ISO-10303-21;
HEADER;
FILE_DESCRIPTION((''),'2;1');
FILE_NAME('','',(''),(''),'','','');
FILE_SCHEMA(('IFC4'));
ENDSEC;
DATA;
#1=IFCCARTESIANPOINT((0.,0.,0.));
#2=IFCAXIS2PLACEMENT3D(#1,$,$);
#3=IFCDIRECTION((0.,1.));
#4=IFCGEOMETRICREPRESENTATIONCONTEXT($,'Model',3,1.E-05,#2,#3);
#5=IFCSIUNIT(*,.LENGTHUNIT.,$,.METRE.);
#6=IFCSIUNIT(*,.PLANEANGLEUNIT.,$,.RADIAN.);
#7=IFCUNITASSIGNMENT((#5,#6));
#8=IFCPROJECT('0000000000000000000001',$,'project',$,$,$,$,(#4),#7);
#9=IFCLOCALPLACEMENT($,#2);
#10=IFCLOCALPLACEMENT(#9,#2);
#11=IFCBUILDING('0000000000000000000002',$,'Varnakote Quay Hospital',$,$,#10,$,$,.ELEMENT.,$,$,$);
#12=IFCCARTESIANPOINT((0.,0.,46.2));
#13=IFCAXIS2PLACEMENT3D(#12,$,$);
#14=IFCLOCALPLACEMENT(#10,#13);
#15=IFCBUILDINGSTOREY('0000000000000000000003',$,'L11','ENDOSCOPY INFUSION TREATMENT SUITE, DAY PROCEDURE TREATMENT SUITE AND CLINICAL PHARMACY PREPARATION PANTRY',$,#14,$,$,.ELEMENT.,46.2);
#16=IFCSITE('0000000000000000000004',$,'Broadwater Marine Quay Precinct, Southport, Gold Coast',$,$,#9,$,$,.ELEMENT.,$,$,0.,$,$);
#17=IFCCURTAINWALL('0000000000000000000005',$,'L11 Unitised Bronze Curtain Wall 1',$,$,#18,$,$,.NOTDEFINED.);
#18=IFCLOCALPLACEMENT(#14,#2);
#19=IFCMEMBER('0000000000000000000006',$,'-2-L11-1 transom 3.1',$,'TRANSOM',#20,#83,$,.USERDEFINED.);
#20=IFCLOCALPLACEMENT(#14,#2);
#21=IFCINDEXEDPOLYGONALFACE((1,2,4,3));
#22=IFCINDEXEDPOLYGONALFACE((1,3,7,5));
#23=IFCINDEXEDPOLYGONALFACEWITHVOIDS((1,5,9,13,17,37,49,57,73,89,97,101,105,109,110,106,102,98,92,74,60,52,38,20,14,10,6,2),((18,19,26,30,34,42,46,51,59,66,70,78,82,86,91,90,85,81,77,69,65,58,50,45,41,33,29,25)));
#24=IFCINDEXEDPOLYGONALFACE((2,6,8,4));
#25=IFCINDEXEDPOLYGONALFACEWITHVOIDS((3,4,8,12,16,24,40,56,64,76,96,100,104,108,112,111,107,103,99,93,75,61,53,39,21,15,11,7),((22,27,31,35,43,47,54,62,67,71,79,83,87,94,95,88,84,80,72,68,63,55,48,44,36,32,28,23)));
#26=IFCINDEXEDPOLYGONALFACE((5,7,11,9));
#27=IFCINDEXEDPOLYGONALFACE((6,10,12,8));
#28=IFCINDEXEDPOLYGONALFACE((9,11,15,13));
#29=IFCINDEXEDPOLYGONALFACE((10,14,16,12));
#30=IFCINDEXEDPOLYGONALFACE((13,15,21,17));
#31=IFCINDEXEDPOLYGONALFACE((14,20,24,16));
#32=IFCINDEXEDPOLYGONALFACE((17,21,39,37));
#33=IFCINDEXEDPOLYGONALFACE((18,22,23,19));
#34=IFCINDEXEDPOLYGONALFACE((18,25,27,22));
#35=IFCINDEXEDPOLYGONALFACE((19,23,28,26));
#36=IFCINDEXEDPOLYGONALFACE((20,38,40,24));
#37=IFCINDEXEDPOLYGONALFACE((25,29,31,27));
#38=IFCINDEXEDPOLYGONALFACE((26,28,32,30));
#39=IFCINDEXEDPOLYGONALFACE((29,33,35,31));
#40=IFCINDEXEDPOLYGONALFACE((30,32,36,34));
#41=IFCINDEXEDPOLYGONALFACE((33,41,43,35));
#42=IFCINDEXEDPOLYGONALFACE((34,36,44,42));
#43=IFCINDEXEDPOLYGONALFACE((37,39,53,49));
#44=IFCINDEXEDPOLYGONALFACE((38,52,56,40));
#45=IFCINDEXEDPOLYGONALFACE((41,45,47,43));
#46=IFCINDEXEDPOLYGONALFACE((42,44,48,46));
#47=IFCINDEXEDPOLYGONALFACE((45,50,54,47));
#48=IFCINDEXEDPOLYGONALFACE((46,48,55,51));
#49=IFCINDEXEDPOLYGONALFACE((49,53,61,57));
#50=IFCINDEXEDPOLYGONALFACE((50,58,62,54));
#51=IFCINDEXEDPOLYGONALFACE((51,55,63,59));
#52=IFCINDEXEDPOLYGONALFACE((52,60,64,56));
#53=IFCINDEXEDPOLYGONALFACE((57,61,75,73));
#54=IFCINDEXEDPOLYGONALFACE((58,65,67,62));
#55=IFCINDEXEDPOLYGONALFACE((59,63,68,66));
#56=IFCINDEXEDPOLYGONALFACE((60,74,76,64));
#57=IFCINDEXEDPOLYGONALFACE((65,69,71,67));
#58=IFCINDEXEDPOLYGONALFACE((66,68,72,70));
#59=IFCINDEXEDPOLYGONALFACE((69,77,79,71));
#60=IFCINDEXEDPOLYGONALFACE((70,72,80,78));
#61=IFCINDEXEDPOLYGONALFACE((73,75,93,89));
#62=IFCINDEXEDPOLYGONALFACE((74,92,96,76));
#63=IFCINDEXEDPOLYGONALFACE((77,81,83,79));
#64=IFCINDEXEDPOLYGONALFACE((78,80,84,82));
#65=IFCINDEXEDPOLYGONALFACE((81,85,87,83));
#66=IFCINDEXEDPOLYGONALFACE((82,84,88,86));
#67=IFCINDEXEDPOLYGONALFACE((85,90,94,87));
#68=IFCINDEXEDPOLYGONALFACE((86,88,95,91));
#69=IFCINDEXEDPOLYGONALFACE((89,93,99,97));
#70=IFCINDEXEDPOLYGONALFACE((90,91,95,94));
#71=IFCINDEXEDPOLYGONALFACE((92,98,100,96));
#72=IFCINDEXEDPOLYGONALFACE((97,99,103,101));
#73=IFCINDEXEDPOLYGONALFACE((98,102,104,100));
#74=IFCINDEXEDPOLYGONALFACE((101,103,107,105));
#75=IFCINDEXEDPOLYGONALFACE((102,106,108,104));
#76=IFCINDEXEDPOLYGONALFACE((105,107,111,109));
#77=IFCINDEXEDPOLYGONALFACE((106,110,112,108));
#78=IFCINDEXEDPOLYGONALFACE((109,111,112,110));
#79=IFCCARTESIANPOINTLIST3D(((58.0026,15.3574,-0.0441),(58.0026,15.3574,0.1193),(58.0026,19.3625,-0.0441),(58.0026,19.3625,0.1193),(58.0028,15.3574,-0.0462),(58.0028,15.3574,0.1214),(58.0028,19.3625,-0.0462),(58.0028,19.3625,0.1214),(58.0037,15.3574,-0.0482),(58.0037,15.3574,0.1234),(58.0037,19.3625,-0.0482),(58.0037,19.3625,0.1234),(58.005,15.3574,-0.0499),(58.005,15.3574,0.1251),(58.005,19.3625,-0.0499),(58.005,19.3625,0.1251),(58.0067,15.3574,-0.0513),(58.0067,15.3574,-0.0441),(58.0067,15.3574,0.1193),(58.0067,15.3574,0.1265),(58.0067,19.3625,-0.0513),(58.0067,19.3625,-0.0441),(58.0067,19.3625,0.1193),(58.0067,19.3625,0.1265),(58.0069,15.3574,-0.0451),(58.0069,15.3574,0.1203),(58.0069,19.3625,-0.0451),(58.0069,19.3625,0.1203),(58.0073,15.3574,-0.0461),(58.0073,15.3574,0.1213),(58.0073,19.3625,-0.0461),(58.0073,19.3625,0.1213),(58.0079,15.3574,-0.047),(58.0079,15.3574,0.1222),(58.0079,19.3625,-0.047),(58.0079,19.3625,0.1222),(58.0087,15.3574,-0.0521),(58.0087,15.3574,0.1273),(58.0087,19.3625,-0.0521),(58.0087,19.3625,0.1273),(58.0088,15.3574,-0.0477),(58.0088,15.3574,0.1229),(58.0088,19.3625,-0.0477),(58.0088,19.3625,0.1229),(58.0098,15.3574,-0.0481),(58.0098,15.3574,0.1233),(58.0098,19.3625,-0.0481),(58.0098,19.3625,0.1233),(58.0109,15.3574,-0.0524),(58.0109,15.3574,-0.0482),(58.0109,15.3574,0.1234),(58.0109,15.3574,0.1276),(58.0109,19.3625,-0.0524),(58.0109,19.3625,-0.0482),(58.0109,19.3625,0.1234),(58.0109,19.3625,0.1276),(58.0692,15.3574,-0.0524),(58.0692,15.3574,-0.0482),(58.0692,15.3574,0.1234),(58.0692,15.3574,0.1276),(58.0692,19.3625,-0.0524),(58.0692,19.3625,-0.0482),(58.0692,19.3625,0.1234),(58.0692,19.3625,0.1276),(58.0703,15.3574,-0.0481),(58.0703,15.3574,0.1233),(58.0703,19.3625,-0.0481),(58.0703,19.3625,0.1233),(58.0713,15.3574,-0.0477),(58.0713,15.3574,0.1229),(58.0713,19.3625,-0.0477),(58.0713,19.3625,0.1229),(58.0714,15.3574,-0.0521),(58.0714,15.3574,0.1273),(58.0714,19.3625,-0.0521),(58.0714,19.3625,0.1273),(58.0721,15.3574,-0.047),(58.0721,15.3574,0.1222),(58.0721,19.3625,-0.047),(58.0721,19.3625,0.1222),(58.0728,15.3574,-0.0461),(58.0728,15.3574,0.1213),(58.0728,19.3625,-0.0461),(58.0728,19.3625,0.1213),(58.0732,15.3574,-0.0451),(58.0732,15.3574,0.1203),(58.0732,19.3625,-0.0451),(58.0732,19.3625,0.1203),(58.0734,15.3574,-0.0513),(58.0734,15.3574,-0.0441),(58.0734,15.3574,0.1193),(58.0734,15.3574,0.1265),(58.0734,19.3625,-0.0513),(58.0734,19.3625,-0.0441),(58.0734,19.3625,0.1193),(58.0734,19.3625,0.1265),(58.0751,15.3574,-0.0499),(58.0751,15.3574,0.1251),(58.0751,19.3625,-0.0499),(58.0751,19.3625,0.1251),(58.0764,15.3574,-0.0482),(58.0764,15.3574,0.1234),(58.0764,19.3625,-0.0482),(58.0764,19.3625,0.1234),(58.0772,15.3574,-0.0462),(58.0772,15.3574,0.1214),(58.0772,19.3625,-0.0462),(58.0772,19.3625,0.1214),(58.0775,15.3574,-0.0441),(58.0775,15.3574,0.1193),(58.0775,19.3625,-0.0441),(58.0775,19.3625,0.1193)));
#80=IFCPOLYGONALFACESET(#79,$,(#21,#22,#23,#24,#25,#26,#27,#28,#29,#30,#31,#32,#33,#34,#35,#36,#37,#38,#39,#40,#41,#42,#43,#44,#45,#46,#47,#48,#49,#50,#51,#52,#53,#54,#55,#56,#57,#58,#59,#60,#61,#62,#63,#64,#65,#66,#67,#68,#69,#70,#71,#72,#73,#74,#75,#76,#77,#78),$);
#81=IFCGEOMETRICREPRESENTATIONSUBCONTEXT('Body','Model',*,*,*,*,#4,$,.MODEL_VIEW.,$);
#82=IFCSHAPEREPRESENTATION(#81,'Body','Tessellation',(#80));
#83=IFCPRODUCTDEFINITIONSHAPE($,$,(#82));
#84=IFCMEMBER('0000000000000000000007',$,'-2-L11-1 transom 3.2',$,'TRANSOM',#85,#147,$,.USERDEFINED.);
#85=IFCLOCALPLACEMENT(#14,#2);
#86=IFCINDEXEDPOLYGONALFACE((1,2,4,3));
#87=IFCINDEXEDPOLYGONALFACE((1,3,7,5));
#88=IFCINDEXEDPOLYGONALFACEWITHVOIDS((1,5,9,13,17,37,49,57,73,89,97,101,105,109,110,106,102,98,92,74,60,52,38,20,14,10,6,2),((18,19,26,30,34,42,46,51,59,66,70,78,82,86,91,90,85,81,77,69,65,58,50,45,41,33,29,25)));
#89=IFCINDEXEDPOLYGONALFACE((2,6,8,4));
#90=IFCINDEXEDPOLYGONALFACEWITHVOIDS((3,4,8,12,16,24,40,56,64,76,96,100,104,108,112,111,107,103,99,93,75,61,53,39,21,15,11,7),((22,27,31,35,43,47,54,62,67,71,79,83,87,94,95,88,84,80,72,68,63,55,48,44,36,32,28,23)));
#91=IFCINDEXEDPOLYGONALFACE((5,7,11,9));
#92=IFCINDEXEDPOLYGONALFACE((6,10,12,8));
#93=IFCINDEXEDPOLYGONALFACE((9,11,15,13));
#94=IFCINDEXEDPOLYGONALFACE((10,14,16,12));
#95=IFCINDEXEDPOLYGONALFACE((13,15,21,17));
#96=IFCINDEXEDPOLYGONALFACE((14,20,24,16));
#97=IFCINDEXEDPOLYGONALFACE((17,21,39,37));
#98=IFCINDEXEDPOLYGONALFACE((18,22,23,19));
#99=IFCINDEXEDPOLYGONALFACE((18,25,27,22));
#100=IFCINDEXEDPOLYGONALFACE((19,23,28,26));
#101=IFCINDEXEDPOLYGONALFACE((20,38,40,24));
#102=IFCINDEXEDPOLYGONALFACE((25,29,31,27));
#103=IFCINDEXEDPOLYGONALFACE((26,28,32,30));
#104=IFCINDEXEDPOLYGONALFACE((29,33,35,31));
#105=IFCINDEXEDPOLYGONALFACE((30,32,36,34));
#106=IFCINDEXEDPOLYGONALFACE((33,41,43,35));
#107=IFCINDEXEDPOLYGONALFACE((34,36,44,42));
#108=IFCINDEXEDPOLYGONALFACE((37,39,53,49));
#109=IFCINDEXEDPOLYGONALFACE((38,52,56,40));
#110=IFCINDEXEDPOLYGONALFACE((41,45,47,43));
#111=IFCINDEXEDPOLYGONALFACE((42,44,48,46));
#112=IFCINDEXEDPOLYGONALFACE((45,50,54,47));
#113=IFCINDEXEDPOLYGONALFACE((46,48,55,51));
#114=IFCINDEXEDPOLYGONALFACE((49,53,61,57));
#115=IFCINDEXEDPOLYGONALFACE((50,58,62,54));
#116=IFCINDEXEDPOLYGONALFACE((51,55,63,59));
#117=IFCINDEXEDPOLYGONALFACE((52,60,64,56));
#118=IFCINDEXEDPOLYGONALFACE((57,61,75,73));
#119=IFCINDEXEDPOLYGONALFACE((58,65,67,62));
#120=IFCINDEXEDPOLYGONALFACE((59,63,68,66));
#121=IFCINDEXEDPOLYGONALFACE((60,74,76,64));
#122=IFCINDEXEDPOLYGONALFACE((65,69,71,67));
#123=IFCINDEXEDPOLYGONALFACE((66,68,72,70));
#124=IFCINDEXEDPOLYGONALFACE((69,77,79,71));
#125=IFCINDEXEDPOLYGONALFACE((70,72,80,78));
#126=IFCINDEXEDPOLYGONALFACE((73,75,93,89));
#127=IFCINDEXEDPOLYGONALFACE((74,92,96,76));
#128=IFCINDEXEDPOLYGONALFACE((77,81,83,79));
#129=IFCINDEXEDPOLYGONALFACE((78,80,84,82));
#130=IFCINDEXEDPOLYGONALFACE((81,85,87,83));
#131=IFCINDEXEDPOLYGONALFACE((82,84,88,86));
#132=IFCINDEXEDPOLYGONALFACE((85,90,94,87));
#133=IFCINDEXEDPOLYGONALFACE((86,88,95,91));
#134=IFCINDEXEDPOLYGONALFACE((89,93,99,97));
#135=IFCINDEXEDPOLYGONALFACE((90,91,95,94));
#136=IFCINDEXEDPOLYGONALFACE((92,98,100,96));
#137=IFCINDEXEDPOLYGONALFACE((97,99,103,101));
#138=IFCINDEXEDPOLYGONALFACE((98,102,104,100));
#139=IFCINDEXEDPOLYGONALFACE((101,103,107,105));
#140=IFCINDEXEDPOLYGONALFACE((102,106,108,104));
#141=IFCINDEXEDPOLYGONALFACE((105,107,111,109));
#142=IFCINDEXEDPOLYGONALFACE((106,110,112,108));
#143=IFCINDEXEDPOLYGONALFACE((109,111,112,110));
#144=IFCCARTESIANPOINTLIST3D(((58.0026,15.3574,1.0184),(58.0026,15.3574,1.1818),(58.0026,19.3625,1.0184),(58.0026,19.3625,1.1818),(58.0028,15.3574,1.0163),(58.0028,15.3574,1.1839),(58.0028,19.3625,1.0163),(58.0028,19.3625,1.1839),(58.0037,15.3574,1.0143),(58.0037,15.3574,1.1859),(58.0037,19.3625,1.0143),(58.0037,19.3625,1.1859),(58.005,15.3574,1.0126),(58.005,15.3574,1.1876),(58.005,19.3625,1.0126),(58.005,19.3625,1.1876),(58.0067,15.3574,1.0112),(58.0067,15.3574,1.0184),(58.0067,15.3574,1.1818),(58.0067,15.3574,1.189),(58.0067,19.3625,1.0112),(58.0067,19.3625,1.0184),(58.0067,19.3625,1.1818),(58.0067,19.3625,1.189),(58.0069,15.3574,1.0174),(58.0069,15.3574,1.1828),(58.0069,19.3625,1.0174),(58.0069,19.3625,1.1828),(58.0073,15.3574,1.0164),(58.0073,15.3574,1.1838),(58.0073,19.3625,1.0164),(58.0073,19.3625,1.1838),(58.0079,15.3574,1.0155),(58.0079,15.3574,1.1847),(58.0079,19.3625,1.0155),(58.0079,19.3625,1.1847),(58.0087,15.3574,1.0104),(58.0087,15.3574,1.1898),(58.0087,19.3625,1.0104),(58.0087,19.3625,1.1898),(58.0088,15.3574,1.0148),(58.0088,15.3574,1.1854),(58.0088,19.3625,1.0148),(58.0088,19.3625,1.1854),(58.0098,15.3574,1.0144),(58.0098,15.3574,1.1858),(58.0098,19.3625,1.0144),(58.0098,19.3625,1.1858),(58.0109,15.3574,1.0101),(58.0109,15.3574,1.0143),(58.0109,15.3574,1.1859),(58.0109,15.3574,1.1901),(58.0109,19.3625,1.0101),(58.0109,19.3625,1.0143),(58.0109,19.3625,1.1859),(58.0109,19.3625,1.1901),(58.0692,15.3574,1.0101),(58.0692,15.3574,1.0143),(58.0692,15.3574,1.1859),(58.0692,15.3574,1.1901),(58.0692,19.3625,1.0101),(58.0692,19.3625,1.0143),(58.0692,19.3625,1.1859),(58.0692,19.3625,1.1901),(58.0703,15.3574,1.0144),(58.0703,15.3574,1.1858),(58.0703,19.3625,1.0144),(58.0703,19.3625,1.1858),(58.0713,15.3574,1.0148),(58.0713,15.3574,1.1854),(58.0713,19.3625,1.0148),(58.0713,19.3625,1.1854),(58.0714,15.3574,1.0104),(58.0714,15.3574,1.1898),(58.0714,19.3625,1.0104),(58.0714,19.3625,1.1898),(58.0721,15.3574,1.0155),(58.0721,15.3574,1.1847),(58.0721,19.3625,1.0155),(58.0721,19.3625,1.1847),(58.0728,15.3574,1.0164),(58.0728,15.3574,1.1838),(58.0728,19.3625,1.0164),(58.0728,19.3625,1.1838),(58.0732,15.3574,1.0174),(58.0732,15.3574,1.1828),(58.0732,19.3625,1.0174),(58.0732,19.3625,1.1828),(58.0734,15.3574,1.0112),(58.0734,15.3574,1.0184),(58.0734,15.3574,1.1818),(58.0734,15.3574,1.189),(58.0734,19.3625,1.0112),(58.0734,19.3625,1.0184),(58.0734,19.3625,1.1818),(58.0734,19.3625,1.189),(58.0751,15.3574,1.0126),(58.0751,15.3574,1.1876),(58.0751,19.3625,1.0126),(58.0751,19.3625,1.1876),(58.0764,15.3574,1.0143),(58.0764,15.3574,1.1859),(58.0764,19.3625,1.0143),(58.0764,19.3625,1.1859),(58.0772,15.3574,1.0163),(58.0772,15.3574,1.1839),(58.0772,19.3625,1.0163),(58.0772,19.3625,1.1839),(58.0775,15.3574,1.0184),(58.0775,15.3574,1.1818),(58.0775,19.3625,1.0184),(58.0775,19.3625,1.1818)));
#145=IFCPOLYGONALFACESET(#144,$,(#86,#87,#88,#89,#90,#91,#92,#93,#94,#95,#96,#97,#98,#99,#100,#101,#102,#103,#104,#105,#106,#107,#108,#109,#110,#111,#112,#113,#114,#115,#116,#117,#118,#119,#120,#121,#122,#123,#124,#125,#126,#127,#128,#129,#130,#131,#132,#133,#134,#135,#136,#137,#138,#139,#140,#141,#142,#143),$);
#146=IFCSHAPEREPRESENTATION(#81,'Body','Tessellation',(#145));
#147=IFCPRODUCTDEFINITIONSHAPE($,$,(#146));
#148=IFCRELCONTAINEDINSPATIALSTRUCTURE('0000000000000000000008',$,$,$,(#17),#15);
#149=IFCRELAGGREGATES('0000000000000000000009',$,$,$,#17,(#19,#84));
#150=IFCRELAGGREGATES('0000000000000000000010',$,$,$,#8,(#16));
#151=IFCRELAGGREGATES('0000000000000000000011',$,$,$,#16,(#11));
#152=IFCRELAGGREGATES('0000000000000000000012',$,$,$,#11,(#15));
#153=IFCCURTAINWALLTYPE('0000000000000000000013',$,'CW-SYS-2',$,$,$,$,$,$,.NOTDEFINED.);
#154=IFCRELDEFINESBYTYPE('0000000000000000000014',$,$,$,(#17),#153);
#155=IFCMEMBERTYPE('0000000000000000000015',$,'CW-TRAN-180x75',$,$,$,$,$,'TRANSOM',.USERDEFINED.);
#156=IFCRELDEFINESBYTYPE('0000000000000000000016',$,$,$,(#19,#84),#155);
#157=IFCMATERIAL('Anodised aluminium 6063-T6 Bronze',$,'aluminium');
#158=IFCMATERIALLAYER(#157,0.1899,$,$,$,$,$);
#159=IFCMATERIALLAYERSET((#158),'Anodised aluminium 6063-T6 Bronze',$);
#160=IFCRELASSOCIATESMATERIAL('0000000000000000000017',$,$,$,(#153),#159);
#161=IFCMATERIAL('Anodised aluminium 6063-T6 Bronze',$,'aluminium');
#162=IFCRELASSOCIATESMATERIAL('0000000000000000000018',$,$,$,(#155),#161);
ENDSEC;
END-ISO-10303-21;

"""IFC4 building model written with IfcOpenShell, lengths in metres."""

from ifc_helpers import new_model, si_unit, direction, frame, origin, origin_2d, place, context, subcontext, project, spatial, hollow_rectangle, extrude, material, layer, layer_set, material_profile, profile_set, type_object, element, aggregate, save


model = new_model("IFC4")

# Units and contexts
model_context = context("Model", 3, precision=1e-05, world=origin(), true_north=direction((0.0, 1.0)))
body_context = subcontext(model_context, "Body", "Model", "MODEL_VIEW")
ifc_project = project(units=[si_unit("LENGTHUNIT", "METRE"), si_unit("PLANEANGLEUNIT", "RADIAN")], contexts=[model_context])

# Site, building, storey
site_placement = place(None, origin())
site = spatial("IfcSite", under=ifc_project, at=site_placement, Name="Broadwater Marine Quay Precinct, Southport, Gold Coast", CompositionType="ELEMENT", RefElevation=0.0)
building_placement = place(site_placement, origin())
building = spatial("IfcBuilding", under=site, at=building_placement, Name="Varnakote Quay Hospital", CompositionType="ELEMENT")
storey_placement = place(building_placement, frame((0.0, 0.0, 46.2)))
storey = spatial("IfcBuildingStorey", under=building, at=storey_placement, Name="L11", Description="ENDOSCOPY INFUSION TREATMENT SUITE, DAY PROCEDURE TREATMENT SUITE AND CLINICAL PHARMACY PREPARATION PANTRY", CompositionType="ELEMENT", Elevation=46.2)

# Curtain wall, members
ifc_material_1 = material(Name="Anodised aluminium 6063-T6 Bronze", Category="aluminium")
ifc_layer_1 = layer(ifc_material_1, 0.1899)
ifc_layer_set_1 = layer_set([ifc_layer_1], Name="Anodised aluminium 6063-T6 Bronze")
curtain_wall_type = type_object("IfcCurtainWallType", Name="CW-SYS-2", PredefinedType="NOTDEFINED", material=ifc_layer_set_1)
curtain_wall_placement = place(storey_placement, origin())
curtain_wall = element("IfcCurtainWall", 1, at=curtain_wall_placement, inside=storey, type_object=curtain_wall_type, Name="L11 Unitised Bronze Curtain Wall 1", PredefinedType="NOTDEFINED")
ifc_material_2 = material(Name="Anodised aluminium 6063-T6 Bronze", Category="aluminium")
ifc_material_profile_1 = material_profile(ifc_material_2, hollow_rectangle(XDim=0.075, YDim=0.1799, WallThickness=0.0042, InnerFilletRadius=0.0042, OuterFilletRadius=0.0083, at=origin_2d()), Name="CW-TRAN-180x75")
ifc_profile_set_1 = profile_set([ifc_material_profile_1], Name="Anodised aluminium 6063-T6 Bronze")
member_type_1 = type_object("IfcMemberType", Name="CW-TRAN-180x75", ElementType="TRANSOM", PredefinedType="USERDEFINED", material=ifc_profile_set_1)
member_1_placement = place(storey_placement, frame((58.04, 15.3574, 0.0376), z_axis=(0.0, 1.0, 0.0), x_axis=(-1.0, 0.0, 0.0)))
member_1 = element("IfcMember", 2, at=member_1_placement, type_object=member_type_1, Name="-2-L11-1 transom 3.1", ObjectType="TRANSOM", PredefinedType="USERDEFINED", context=body_context, shape_type="SweptSolid", body=[
    extrude(hollow_rectangle(XDim=0.075, YDim=0.1799, WallThickness=0.0042, InnerFilletRadius=0.0042, OuterFilletRadius=0.0083, at=origin_2d()), origin(), (0.0, 0.0, 1.0), 4.0051),
])
member_2_placement = place(storey_placement, frame((58.04, 15.3574, 1.1001), z_axis=(0.0, 1.0, 0.0), x_axis=(-1.0, 0.0, 0.0)))
member_2 = element("IfcMember", 3, at=member_2_placement, type_object=member_type_1, Name="-2-L11-1 transom 3.2", ObjectType="TRANSOM", PredefinedType="USERDEFINED", context=body_context, shape_type="SweptSolid", body=[
    extrude(hollow_rectangle(XDim=0.075, YDim=0.1799, WallThickness=0.0042, InnerFilletRadius=0.0042, OuterFilletRadius=0.0083, at=origin_2d()), origin(), (0.0, 0.0, 1.0), 4.0051),
])
aggregate(curtain_wall, [member_1, member_2])

save(model, "model.ifc")
